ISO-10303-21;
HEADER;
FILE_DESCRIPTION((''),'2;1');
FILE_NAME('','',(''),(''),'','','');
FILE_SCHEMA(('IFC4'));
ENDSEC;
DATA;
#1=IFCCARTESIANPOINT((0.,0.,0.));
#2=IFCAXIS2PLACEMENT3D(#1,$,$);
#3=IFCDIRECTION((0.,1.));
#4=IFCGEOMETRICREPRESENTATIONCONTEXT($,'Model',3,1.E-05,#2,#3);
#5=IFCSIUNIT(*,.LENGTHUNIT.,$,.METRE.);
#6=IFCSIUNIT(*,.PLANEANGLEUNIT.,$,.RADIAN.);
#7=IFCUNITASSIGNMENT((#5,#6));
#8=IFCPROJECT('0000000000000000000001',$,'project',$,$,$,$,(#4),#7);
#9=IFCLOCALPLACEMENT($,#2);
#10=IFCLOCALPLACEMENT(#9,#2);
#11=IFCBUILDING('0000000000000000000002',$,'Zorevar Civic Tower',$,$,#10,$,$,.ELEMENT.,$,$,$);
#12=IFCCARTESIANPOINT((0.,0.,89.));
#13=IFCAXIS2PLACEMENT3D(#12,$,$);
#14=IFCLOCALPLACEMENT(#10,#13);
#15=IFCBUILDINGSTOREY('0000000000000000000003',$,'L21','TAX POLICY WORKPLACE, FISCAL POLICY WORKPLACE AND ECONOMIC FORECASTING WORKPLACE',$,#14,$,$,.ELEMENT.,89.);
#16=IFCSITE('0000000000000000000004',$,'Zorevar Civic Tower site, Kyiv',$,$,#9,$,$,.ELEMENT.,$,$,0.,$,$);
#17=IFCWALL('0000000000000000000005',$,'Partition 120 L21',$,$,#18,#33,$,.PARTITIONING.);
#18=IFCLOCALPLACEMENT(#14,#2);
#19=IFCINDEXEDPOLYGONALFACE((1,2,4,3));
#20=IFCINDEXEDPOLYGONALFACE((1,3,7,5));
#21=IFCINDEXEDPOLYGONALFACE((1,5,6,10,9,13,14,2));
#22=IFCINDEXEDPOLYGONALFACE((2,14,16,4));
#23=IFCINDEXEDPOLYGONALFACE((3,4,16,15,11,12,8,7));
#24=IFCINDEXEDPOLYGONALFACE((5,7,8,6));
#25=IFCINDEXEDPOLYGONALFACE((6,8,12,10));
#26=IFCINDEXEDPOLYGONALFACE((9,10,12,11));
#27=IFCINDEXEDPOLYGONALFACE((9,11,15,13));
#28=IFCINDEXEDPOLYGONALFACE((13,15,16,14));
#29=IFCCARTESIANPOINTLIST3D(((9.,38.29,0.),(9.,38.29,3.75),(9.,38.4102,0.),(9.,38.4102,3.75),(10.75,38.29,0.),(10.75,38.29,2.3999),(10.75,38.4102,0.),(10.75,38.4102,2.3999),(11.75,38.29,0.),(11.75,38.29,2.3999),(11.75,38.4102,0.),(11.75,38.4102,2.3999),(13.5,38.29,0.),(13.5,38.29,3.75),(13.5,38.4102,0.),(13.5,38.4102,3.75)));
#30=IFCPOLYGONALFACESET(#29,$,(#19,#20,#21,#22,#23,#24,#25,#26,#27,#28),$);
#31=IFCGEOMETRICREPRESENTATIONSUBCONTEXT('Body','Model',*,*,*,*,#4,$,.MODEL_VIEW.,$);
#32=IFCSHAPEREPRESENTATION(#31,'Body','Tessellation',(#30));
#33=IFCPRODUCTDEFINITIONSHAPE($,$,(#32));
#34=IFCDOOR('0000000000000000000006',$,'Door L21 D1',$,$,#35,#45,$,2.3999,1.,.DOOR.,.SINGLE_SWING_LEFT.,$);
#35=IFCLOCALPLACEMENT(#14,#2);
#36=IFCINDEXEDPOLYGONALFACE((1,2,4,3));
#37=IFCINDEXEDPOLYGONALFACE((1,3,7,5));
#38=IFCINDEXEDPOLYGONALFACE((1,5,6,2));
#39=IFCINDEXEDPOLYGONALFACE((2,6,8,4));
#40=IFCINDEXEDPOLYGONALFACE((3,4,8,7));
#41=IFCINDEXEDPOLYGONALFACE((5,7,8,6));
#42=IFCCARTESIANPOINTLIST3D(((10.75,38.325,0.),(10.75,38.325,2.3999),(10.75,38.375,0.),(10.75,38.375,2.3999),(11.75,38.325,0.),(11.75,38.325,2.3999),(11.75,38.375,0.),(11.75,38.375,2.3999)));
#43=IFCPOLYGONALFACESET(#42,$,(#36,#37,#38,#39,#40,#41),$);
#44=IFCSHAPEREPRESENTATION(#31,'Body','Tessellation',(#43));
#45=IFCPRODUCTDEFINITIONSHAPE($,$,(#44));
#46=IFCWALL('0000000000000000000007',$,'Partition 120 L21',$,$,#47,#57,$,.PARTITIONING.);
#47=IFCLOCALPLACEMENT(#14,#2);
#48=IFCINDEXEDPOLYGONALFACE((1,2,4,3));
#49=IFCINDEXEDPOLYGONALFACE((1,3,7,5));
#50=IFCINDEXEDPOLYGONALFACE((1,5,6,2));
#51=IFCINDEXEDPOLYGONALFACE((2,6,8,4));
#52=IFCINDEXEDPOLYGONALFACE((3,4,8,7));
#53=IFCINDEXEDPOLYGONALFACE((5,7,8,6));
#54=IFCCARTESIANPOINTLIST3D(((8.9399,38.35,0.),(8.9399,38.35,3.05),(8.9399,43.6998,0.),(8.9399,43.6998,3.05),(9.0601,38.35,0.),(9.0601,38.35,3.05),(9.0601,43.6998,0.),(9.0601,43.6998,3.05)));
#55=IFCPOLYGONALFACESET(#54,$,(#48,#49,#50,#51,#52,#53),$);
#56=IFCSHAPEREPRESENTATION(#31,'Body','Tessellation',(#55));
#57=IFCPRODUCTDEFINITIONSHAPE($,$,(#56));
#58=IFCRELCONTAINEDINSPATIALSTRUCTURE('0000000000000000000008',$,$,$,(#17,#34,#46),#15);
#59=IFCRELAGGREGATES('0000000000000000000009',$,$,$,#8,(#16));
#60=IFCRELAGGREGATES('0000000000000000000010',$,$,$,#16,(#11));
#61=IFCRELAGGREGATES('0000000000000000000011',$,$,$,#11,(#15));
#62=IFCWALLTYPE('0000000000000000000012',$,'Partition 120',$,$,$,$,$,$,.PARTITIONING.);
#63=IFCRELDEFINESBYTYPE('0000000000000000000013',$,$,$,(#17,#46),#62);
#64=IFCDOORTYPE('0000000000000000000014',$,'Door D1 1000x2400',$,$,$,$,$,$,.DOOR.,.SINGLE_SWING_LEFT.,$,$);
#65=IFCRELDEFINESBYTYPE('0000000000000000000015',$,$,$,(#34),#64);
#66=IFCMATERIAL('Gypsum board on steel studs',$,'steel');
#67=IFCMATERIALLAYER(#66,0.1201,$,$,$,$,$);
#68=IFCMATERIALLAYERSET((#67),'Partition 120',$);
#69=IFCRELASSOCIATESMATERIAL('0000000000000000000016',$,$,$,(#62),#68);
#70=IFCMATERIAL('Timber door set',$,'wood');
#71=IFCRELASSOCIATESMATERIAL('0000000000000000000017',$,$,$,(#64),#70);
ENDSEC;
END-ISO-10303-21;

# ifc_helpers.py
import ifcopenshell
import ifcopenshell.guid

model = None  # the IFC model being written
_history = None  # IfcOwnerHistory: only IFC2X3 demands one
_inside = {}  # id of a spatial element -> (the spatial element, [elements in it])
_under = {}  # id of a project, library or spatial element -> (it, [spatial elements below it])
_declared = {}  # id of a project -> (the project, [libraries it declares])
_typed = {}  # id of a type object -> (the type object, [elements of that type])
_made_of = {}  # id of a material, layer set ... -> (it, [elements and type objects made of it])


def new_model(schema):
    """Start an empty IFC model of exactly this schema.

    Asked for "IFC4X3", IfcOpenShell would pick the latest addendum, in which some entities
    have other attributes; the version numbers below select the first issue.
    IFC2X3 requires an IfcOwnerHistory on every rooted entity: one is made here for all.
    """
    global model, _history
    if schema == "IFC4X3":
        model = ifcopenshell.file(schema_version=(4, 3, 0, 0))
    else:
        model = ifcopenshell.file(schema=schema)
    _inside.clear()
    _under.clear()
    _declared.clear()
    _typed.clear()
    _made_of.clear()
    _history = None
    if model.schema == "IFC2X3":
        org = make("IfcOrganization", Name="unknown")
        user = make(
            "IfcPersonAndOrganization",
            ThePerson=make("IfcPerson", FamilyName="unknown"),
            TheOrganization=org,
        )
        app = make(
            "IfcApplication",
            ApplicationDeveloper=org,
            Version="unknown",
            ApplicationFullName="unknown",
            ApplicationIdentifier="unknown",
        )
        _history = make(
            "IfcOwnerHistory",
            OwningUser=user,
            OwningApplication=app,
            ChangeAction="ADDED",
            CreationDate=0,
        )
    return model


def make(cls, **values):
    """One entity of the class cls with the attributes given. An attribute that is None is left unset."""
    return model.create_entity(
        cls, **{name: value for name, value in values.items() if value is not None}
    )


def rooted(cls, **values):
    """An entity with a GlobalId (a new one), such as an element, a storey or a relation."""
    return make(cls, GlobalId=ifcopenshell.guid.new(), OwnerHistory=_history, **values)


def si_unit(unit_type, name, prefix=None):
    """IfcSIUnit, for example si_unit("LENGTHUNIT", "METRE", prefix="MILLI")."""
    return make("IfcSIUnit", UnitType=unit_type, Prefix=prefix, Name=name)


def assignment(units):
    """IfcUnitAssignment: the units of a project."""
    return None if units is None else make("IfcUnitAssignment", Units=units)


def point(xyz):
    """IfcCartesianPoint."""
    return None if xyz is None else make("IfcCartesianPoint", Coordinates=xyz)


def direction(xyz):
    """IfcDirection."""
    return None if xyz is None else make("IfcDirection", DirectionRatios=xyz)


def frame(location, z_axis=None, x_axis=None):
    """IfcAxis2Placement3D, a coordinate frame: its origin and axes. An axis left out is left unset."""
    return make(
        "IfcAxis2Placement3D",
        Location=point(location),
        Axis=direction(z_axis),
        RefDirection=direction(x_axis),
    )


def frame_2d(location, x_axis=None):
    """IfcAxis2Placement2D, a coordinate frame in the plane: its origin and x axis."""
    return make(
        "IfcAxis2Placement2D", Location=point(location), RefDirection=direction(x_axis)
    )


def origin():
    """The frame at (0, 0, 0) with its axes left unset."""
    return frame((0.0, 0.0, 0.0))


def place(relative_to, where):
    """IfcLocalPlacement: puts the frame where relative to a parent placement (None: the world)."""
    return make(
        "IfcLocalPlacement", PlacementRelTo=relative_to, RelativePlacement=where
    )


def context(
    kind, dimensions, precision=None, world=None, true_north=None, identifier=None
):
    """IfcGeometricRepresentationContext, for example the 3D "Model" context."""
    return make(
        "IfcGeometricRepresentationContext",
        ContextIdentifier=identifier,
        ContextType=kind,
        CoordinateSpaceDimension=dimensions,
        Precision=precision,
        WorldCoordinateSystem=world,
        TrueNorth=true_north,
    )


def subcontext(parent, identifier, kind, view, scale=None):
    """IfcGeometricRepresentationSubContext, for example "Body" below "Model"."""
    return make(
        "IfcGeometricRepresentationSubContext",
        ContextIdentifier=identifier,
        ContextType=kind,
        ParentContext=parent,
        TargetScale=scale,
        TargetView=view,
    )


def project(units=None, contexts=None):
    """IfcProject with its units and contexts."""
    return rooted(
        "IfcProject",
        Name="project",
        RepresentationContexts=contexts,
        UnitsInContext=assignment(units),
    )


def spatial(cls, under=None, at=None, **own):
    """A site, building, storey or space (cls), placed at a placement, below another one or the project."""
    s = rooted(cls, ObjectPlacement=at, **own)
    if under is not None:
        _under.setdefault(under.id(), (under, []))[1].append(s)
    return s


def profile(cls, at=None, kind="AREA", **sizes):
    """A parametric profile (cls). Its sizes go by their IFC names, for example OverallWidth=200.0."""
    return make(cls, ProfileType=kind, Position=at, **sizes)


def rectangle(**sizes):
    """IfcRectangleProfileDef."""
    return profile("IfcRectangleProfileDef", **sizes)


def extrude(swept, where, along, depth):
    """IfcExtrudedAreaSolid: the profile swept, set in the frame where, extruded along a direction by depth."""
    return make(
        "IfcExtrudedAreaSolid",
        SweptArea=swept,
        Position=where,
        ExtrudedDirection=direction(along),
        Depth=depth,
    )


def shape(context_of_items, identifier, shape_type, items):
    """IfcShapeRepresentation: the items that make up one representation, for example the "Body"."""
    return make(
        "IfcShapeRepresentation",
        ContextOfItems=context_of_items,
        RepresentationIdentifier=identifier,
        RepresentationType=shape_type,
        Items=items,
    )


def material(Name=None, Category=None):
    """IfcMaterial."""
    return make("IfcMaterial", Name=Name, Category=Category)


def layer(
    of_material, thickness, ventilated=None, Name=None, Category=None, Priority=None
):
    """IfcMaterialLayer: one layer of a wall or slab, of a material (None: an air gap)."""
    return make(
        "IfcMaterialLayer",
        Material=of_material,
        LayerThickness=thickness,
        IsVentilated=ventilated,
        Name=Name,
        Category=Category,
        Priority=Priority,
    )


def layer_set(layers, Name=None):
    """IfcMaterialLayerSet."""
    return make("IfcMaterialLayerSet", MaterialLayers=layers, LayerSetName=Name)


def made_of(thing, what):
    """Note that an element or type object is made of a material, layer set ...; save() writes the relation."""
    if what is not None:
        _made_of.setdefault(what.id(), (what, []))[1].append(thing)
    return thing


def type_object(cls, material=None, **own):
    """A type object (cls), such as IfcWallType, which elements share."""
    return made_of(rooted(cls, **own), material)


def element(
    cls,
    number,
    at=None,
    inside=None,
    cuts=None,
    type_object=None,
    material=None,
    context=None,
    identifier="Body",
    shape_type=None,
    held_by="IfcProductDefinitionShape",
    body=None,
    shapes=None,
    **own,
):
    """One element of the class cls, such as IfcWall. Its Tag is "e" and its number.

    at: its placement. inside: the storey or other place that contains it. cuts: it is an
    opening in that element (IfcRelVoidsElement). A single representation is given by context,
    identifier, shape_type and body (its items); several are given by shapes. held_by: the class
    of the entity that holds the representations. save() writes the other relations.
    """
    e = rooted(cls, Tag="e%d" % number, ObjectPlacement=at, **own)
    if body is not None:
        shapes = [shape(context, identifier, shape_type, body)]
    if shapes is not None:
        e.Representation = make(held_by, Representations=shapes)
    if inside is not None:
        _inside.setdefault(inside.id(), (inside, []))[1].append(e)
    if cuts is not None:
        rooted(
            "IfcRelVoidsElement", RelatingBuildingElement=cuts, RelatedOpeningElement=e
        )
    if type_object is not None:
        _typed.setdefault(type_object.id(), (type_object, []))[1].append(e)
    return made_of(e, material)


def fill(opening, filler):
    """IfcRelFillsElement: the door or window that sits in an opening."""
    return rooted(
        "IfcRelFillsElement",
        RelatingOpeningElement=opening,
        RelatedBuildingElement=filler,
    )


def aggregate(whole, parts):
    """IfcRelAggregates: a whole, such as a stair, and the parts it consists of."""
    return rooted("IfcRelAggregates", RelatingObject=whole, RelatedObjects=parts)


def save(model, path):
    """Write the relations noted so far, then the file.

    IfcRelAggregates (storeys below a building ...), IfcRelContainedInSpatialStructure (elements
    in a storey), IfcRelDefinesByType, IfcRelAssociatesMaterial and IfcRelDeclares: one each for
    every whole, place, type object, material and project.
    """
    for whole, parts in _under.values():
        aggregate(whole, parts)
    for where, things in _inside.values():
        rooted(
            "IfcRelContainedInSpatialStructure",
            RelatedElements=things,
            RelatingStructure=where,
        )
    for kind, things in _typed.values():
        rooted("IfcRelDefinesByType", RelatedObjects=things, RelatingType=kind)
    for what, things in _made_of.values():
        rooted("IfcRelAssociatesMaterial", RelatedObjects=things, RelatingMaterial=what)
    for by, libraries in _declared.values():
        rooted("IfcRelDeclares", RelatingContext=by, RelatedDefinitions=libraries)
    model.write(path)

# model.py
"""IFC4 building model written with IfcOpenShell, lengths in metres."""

from ifc_helpers import new_model, si_unit, direction, frame, frame_2d, origin, place, context, subcontext, project, spatial, rectangle, extrude, material, layer, layer_set, type_object, element, fill, save


model = new_model("IFC4")

# Units and contexts
model_context = context("Model", 3, precision=1e-05, world=origin(), true_north=direction((0.0, 1.0)))
body_context = subcontext(model_context, "Body", "Model", "MODEL_VIEW")
ifc_project = project(units=[si_unit("LENGTHUNIT", "METRE"), si_unit("PLANEANGLEUNIT", "RADIAN")], contexts=[model_context])

# Site, building, storey
site_placement = place(None, origin())
site = spatial("IfcSite", under=ifc_project, at=site_placement, Name="Zorevar Civic Tower site, Kyiv", CompositionType="ELEMENT", RefElevation=0.0)
building_placement = place(site_placement, origin())
building = spatial("IfcBuilding", under=site, at=building_placement, Name="Zorevar Civic Tower", CompositionType="ELEMENT")
storey_placement = place(building_placement, frame((0.0, 0.0, 89.0)))
storey = spatial("IfcBuildingStorey", under=building, at=storey_placement, Name="L21", Description="TAX POLICY WORKPLACE, FISCAL POLICY WORKPLACE AND ECONOMIC FORECASTING WORKPLACE", CompositionType="ELEMENT", Elevation=89.0)

# Wall, opening, door
ifc_material_1 = material(Name="Gypsum board on steel studs", Category="steel")
ifc_layer_1 = layer(ifc_material_1, 0.1201)
ifc_layer_set_1 = layer_set([ifc_layer_1], Name="Partition 120")
wall_type_1 = type_object("IfcWallType", Name="Partition 120", PredefinedType="PARTITIONING", material=ifc_layer_set_1)
wall_1_placement = place(storey_placement, frame((9.0, 38.3501, 0.0), z_axis=(0.0, 0.0, 1.0), x_axis=(1.0, 0.0, 0.0)))
wall_1 = element("IfcWall", 1, at=wall_1_placement, inside=storey, type_object=wall_type_1, Name="Partition 120 L21", PredefinedType="PARTITIONING", context=body_context, shape_type="SweptSolid", body=[
    extrude(rectangle(XDim=4.5, YDim=0.1201, at=frame_2d((2.25, 0.0))), origin(), (0.0, 0.0, 1.0), 3.75),
])
opening_placement = place(wall_1_placement, frame((1.75, 0.0, 0.0)))
opening = element("IfcOpeningElement", 2, at=opening_placement, cuts=wall_1, PredefinedType="OPENING", context=body_context, shape_type="SweptSolid", body=[
    extrude(rectangle(XDim=1.0, YDim=2.3999, at=frame_2d((0.5, 1.2))), frame((0.0, 0.0701, 0.0), z_axis=(0.0, -1.0, 0.0), x_axis=(1.0, 0.0, 0.0)), (0.0, 0.0, 1.0), 0.1401),
])
ifc_material_2 = material(Name="Timber door set", Category="wood")
door_type = type_object("IfcDoorType", Name="Door D1 1000x2400", OperationType="SINGLE_SWING_LEFT", PredefinedType="DOOR", material=ifc_material_2)
door_placement = place(opening_placement, origin())
door = element("IfcDoor", 3, at=door_placement, inside=storey, type_object=door_type, Name="Door L21 D1", OperationType="SINGLE_SWING_LEFT", OverallHeight=2.3999, OverallWidth=1.0, PredefinedType="DOOR", context=body_context, shape_type="SweptSolid", body=[
    extrude(rectangle(XDim=1.0, YDim=2.3999, at=frame_2d((0.5, 1.2))), frame((0.0, 0.0249, 0.0), z_axis=(0.0, -1.0, 0.0), x_axis=(1.0, 0.0, 0.0)), (0.0, 0.0, 1.0), 0.05),
])
fill(opening, door)

# Wall
wall_2_placement = place(storey_placement, frame((9.0, 38.3501, 0.0), z_axis=(0.0, 0.0, 1.0), x_axis=(0.0, 1.0, 0.0)))
element("IfcWall", 4, at=wall_2_placement, inside=storey, type_object=wall_type_1, Name="Partition 120 L21", PredefinedType="PARTITIONING", context=body_context, shape_type="SweptSolid", body=[
    extrude(rectangle(XDim=5.3499, YDim=0.1201, at=frame_2d((2.6748, 0.0))), origin(), (0.0, 0.0, 1.0), 3.05),
])

save(model, "model.ifc")
